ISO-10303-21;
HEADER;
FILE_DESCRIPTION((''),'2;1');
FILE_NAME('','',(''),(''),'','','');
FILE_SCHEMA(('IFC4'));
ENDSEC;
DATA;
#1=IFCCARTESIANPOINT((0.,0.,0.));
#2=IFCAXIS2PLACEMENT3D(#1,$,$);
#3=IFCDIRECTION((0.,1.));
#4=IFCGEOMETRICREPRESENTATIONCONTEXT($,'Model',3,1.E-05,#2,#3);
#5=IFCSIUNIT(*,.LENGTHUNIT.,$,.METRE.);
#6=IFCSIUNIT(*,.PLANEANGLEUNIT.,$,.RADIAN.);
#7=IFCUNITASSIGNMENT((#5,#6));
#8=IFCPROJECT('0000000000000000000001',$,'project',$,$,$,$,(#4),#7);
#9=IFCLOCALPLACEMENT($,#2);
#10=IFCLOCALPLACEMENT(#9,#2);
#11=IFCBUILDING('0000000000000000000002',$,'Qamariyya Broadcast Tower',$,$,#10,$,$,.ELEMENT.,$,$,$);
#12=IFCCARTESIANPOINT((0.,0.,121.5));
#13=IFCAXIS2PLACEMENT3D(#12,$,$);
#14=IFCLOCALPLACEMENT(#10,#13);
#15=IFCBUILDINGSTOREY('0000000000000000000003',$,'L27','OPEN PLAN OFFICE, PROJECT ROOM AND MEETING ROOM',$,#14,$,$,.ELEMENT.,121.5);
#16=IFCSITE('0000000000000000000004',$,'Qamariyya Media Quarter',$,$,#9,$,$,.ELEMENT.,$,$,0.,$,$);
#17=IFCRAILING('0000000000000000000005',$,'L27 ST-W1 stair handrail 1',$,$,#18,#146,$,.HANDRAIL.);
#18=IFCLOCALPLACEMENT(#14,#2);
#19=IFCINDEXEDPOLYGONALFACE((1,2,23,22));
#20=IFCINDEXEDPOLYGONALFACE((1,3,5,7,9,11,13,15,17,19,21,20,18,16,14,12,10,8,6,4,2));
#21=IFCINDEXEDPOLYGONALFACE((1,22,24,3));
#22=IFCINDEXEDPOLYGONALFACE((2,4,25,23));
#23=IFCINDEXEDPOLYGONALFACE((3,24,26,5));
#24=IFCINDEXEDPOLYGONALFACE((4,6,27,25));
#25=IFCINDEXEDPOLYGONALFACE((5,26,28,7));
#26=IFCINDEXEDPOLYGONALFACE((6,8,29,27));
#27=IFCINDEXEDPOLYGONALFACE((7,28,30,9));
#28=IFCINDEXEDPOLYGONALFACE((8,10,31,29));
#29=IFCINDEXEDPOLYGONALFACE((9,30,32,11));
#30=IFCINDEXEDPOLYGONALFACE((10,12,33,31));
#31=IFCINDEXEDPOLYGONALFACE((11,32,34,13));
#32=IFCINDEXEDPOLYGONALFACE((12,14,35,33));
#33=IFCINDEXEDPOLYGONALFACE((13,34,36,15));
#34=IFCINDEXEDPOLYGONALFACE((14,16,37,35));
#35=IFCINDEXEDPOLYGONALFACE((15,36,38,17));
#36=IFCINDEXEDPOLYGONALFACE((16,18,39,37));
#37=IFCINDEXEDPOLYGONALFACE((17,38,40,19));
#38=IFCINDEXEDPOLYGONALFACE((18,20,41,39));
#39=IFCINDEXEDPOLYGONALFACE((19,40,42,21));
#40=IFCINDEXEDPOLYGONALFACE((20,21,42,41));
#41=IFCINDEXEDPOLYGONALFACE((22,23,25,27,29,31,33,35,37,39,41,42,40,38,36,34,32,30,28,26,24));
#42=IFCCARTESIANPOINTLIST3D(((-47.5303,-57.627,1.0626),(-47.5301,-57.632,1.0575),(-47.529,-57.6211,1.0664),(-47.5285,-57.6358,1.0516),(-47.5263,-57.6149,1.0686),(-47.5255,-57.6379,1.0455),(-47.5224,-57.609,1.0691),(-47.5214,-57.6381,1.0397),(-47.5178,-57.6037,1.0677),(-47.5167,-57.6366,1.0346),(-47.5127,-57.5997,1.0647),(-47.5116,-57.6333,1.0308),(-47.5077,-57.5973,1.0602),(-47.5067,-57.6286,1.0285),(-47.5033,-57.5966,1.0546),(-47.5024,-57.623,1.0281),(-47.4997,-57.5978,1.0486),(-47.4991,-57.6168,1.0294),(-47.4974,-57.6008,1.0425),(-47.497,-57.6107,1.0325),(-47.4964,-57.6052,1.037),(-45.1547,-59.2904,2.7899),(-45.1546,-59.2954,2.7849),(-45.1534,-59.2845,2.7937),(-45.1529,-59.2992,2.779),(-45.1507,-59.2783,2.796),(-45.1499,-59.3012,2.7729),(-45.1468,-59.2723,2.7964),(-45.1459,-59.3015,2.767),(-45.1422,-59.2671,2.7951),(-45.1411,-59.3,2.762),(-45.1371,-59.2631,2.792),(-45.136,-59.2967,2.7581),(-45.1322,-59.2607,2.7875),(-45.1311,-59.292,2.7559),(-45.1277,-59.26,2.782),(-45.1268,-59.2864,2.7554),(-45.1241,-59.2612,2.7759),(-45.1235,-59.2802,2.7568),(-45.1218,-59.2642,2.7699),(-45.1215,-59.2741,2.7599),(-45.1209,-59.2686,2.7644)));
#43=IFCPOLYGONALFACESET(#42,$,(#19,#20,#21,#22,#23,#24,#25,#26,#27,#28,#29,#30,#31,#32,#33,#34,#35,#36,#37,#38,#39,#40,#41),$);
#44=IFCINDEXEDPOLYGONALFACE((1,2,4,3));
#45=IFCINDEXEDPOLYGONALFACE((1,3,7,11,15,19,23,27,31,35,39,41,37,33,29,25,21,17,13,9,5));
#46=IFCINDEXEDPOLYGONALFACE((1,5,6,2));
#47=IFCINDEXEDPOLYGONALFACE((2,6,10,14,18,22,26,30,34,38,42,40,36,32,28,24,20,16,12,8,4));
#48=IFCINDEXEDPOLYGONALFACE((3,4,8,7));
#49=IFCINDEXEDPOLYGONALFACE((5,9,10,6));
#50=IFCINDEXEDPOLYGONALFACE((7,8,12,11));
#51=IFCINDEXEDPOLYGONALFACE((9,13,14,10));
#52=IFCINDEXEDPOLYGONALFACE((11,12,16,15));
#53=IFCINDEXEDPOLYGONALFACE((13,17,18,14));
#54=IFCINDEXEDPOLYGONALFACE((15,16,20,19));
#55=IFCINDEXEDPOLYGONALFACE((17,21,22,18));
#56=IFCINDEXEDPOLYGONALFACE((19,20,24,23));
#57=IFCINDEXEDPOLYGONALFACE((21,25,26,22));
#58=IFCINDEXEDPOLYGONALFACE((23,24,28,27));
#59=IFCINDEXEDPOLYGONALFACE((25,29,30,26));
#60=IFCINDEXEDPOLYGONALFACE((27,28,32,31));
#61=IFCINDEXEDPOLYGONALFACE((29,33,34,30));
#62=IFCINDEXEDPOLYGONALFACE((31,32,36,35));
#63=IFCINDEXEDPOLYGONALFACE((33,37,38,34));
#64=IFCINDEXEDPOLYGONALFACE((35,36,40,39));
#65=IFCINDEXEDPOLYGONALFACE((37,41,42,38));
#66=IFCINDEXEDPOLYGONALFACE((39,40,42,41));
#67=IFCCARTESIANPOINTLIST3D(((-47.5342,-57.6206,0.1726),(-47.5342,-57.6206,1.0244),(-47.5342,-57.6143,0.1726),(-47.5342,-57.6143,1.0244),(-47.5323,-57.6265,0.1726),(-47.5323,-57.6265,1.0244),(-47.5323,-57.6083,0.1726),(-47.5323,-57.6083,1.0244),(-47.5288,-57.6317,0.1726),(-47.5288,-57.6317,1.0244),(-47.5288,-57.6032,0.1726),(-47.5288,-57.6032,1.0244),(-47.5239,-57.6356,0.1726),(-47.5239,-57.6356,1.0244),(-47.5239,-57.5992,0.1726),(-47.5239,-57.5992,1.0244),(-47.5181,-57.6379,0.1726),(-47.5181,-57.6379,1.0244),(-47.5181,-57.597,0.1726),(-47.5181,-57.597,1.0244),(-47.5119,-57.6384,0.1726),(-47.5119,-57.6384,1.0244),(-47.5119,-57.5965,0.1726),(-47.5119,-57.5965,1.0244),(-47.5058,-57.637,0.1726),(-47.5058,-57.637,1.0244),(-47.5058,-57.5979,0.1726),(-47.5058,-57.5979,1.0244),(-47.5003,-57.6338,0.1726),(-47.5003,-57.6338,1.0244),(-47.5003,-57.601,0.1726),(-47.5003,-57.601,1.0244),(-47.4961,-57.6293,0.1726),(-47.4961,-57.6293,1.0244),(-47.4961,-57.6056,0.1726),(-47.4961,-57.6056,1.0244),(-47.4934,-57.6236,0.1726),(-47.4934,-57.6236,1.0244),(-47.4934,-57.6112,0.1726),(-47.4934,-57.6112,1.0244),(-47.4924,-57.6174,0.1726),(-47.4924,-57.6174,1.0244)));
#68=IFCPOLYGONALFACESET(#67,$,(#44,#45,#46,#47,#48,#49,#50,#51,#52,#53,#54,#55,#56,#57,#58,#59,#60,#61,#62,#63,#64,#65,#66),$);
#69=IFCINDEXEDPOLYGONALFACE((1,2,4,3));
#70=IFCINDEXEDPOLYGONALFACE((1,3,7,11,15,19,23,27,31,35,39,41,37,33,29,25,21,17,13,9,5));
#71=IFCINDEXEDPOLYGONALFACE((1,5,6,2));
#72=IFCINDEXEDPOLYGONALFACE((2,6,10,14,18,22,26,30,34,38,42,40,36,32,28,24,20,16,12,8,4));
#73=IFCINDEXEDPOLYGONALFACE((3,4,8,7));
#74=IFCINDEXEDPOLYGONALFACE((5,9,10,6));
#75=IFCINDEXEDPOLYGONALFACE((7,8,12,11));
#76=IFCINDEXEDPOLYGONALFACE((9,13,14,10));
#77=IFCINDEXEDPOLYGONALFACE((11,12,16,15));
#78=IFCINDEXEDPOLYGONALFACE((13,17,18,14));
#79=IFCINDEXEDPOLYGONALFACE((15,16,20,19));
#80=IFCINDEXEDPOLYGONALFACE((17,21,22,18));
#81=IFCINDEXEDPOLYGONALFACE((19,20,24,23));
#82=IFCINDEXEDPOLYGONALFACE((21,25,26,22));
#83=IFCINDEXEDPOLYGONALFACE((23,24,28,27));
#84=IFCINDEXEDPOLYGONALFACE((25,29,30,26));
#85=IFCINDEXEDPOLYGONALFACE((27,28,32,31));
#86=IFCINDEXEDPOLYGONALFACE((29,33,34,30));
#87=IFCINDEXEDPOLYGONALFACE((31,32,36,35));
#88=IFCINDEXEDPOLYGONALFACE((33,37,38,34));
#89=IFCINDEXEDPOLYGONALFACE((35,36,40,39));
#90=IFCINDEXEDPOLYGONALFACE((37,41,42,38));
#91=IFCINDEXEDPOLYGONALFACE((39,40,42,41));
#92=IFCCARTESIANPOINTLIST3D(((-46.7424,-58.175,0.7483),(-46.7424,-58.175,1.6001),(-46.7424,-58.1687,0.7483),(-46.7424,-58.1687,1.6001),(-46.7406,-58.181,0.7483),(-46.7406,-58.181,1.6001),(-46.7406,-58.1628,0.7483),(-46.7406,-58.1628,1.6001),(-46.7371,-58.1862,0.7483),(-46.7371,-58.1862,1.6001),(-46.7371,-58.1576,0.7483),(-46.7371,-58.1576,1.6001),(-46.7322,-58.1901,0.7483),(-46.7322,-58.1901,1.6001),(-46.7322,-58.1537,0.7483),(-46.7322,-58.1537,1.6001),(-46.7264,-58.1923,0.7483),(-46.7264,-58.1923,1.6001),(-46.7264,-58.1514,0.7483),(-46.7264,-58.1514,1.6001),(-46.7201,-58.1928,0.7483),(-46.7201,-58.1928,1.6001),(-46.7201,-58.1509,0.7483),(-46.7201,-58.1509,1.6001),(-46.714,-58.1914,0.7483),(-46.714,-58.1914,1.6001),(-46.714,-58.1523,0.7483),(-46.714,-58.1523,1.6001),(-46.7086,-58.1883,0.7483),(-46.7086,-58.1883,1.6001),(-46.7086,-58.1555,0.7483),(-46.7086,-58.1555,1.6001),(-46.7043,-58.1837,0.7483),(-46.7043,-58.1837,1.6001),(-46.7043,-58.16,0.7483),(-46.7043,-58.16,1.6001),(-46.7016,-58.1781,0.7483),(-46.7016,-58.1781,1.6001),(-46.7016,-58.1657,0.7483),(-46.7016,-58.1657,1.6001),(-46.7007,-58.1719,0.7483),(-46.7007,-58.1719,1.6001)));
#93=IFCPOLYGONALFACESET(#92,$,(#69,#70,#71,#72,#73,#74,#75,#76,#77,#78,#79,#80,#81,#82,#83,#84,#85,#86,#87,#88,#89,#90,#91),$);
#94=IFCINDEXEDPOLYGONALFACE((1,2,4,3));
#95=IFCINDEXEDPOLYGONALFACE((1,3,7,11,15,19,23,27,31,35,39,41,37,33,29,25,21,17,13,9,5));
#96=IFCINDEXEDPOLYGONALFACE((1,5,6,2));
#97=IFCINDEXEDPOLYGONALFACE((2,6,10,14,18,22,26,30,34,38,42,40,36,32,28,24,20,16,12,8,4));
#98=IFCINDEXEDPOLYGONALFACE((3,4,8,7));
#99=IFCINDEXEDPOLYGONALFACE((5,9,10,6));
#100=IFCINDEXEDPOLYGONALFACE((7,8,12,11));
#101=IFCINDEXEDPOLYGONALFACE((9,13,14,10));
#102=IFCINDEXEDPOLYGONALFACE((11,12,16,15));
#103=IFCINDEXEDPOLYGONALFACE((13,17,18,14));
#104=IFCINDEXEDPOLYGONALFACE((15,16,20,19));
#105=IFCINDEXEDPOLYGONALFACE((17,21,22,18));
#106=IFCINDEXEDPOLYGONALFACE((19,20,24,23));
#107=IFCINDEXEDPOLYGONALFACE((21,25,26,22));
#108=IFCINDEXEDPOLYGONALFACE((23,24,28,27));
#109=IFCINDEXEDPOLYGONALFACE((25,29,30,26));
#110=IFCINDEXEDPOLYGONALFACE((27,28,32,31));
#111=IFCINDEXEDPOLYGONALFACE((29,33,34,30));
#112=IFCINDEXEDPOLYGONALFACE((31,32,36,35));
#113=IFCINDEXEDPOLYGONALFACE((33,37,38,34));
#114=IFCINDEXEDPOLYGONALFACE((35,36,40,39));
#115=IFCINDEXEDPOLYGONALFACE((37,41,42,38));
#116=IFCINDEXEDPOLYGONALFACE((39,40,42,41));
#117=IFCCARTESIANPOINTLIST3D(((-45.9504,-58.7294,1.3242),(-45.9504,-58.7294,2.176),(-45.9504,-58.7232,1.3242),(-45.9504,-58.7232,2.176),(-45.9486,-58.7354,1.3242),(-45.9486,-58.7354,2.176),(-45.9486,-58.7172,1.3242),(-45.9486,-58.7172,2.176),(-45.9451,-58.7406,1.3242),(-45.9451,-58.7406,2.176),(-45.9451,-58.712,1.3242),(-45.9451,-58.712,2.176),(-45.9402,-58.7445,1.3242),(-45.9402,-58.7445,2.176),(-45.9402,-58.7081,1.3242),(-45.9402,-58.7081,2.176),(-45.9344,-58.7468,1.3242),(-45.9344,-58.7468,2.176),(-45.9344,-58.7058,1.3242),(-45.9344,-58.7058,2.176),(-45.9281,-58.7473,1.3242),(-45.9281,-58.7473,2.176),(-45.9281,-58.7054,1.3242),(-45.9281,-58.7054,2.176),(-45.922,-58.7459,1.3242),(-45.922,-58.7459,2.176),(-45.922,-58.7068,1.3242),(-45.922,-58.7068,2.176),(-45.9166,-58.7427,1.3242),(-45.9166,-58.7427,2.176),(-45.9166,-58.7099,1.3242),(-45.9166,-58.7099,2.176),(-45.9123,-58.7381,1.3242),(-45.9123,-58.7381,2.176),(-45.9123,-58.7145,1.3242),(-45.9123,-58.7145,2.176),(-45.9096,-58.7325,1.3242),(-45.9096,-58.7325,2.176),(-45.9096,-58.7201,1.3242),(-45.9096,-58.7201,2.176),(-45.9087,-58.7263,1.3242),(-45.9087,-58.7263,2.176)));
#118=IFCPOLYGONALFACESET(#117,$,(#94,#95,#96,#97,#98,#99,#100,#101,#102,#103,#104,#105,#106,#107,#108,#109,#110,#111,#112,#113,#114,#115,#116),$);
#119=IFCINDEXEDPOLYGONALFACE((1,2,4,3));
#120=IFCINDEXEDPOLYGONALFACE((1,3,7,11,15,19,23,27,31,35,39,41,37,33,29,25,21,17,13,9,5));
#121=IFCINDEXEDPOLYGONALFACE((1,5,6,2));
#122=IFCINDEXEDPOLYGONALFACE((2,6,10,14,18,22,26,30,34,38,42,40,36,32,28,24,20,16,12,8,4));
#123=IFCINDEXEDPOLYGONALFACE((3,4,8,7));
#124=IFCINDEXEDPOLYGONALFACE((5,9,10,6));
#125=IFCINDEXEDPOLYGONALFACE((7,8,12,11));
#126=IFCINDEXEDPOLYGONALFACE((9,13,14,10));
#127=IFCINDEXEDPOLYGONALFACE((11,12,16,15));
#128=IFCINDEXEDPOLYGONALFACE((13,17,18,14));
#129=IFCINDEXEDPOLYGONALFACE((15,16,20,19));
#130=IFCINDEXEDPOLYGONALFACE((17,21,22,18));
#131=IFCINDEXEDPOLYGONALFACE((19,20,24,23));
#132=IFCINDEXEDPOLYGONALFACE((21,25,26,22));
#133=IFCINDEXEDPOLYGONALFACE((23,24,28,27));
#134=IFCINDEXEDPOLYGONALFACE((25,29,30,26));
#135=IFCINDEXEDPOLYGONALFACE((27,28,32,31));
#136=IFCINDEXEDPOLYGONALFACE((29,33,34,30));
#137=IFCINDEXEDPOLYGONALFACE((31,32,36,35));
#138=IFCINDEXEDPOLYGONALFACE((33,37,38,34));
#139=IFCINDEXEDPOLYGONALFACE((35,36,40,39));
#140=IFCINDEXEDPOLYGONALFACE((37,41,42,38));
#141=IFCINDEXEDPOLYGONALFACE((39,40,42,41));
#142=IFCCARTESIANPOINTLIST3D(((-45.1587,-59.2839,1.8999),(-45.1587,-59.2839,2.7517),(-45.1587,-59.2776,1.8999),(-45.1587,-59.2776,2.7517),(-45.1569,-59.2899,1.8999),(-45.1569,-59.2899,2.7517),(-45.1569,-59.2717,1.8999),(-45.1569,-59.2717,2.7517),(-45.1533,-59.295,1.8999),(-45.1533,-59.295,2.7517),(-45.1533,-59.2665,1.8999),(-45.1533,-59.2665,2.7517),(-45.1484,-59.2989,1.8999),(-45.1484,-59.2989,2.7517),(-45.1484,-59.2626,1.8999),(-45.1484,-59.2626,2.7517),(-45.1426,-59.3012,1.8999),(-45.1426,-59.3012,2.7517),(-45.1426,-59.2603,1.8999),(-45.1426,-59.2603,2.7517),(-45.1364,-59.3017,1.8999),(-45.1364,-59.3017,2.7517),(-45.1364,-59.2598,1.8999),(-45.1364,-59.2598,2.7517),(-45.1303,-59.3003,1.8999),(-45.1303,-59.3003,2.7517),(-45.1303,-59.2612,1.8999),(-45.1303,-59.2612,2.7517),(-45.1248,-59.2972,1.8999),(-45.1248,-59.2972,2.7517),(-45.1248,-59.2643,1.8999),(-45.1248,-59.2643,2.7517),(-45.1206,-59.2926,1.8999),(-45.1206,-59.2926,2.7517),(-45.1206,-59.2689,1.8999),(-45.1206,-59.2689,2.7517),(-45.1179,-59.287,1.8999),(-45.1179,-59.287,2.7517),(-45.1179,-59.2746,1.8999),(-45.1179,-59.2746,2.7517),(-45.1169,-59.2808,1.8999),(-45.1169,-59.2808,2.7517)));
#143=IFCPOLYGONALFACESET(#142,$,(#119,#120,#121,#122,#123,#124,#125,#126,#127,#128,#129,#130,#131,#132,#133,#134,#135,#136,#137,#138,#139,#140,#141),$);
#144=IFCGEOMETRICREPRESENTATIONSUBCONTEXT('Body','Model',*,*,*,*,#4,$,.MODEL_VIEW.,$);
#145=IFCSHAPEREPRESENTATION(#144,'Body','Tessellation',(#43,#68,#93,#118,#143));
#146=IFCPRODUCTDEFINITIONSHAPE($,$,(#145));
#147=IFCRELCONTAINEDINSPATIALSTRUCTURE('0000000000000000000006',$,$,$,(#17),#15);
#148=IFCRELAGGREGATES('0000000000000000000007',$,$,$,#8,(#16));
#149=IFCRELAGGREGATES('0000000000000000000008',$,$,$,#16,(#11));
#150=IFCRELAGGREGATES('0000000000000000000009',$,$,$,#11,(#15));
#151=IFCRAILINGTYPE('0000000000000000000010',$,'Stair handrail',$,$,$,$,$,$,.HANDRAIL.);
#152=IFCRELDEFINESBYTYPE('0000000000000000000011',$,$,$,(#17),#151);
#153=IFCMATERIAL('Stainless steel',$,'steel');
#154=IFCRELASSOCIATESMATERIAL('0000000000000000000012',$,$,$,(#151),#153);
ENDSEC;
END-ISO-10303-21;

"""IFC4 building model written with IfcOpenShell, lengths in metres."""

from ifc_helpers import new_model, si_unit, direction, frame, origin, origin_2d, place, context, subcontext, project, spatial, circle, extrude, material, type_object, element, save


model = new_model("IFC4")

# Units and contexts
model_context = context("Model", 3, precision=1e-05, world=origin(), true_north=direction((0.0, 1.0)))
body_context = subcontext(model_context, "Body", "Model", "MODEL_VIEW")
ifc_project = project(units=[si_unit("LENGTHUNIT", "METRE"), si_unit("PLANEANGLEUNIT", "RADIAN")], contexts=[model_context])

# Site, building, storey
site_placement = place(None, origin())
site = spatial("IfcSite", under=ifc_project, at=site_placement, Name="Qamariyya Media Quarter", CompositionType="ELEMENT", RefElevation=0.0)
building_placement = place(site_placement, origin())
building = spatial("IfcBuilding", under=site, at=building_placement, Name="Qamariyya Broadcast Tower", CompositionType="ELEMENT")
storey_placement = place(building_placement, frame((0.0, 0.0, 121.5)))
storey = spatial("IfcBuildingStorey", under=building, at=storey_placement, Name="L27", Description="OPEN PLAN OFFICE, PROJECT ROOM AND MEETING ROOM", CompositionType="ELEMENT", Elevation=121.5)

# Railing
ifc_material_1 = material(Name="Stainless steel", Category="steel")
railing_type_1 = type_object("IfcRailingType", Name="Stair handrail", PredefinedType="HANDRAIL", material=ifc_material_1)
railing_1_placement = place(storey_placement, frame((-47.5134, -57.6174, 0.1726)))
element("IfcRailing", 1, at=railing_1_placement, inside=storey, type_object=railing_type_1, Name="L27 ST-W1 stair handrail 1", PredefinedType="HANDRAIL", context=body_context, shape_type="SweptSolid", body=[
    extrude(circle(Radius=0.0239, at=origin_2d()), frame((0.0, 0.0, 0.876), z_axis=(0.70377, -0.492784, 0.511734), x_axis=(0.573575, 0.819153, 0.0)), (0.0, 0.0, 1.0), 3.3755),
    extrude(circle(Radius=0.021, at=origin_2d()), origin(), (0.0, 0.0, 1.0), 0.8518),
    extrude(circle(Radius=0.021, at=origin_2d()), frame((0.7917, -0.5544, 0.5757)), (0.0, 0.0, 1.0), 0.8518),
    extrude(circle(Radius=0.021, at=origin_2d()), frame((1.5837, -1.1089, 1.1516)), (0.0, 0.0, 1.0), 0.8518),
    extrude(circle(Radius=0.021, at=origin_2d()), frame((2.3755, -1.6633, 1.7273)), (0.0, 0.0, 1.0), 0.8518),
])

save(model, "model.ifc")
